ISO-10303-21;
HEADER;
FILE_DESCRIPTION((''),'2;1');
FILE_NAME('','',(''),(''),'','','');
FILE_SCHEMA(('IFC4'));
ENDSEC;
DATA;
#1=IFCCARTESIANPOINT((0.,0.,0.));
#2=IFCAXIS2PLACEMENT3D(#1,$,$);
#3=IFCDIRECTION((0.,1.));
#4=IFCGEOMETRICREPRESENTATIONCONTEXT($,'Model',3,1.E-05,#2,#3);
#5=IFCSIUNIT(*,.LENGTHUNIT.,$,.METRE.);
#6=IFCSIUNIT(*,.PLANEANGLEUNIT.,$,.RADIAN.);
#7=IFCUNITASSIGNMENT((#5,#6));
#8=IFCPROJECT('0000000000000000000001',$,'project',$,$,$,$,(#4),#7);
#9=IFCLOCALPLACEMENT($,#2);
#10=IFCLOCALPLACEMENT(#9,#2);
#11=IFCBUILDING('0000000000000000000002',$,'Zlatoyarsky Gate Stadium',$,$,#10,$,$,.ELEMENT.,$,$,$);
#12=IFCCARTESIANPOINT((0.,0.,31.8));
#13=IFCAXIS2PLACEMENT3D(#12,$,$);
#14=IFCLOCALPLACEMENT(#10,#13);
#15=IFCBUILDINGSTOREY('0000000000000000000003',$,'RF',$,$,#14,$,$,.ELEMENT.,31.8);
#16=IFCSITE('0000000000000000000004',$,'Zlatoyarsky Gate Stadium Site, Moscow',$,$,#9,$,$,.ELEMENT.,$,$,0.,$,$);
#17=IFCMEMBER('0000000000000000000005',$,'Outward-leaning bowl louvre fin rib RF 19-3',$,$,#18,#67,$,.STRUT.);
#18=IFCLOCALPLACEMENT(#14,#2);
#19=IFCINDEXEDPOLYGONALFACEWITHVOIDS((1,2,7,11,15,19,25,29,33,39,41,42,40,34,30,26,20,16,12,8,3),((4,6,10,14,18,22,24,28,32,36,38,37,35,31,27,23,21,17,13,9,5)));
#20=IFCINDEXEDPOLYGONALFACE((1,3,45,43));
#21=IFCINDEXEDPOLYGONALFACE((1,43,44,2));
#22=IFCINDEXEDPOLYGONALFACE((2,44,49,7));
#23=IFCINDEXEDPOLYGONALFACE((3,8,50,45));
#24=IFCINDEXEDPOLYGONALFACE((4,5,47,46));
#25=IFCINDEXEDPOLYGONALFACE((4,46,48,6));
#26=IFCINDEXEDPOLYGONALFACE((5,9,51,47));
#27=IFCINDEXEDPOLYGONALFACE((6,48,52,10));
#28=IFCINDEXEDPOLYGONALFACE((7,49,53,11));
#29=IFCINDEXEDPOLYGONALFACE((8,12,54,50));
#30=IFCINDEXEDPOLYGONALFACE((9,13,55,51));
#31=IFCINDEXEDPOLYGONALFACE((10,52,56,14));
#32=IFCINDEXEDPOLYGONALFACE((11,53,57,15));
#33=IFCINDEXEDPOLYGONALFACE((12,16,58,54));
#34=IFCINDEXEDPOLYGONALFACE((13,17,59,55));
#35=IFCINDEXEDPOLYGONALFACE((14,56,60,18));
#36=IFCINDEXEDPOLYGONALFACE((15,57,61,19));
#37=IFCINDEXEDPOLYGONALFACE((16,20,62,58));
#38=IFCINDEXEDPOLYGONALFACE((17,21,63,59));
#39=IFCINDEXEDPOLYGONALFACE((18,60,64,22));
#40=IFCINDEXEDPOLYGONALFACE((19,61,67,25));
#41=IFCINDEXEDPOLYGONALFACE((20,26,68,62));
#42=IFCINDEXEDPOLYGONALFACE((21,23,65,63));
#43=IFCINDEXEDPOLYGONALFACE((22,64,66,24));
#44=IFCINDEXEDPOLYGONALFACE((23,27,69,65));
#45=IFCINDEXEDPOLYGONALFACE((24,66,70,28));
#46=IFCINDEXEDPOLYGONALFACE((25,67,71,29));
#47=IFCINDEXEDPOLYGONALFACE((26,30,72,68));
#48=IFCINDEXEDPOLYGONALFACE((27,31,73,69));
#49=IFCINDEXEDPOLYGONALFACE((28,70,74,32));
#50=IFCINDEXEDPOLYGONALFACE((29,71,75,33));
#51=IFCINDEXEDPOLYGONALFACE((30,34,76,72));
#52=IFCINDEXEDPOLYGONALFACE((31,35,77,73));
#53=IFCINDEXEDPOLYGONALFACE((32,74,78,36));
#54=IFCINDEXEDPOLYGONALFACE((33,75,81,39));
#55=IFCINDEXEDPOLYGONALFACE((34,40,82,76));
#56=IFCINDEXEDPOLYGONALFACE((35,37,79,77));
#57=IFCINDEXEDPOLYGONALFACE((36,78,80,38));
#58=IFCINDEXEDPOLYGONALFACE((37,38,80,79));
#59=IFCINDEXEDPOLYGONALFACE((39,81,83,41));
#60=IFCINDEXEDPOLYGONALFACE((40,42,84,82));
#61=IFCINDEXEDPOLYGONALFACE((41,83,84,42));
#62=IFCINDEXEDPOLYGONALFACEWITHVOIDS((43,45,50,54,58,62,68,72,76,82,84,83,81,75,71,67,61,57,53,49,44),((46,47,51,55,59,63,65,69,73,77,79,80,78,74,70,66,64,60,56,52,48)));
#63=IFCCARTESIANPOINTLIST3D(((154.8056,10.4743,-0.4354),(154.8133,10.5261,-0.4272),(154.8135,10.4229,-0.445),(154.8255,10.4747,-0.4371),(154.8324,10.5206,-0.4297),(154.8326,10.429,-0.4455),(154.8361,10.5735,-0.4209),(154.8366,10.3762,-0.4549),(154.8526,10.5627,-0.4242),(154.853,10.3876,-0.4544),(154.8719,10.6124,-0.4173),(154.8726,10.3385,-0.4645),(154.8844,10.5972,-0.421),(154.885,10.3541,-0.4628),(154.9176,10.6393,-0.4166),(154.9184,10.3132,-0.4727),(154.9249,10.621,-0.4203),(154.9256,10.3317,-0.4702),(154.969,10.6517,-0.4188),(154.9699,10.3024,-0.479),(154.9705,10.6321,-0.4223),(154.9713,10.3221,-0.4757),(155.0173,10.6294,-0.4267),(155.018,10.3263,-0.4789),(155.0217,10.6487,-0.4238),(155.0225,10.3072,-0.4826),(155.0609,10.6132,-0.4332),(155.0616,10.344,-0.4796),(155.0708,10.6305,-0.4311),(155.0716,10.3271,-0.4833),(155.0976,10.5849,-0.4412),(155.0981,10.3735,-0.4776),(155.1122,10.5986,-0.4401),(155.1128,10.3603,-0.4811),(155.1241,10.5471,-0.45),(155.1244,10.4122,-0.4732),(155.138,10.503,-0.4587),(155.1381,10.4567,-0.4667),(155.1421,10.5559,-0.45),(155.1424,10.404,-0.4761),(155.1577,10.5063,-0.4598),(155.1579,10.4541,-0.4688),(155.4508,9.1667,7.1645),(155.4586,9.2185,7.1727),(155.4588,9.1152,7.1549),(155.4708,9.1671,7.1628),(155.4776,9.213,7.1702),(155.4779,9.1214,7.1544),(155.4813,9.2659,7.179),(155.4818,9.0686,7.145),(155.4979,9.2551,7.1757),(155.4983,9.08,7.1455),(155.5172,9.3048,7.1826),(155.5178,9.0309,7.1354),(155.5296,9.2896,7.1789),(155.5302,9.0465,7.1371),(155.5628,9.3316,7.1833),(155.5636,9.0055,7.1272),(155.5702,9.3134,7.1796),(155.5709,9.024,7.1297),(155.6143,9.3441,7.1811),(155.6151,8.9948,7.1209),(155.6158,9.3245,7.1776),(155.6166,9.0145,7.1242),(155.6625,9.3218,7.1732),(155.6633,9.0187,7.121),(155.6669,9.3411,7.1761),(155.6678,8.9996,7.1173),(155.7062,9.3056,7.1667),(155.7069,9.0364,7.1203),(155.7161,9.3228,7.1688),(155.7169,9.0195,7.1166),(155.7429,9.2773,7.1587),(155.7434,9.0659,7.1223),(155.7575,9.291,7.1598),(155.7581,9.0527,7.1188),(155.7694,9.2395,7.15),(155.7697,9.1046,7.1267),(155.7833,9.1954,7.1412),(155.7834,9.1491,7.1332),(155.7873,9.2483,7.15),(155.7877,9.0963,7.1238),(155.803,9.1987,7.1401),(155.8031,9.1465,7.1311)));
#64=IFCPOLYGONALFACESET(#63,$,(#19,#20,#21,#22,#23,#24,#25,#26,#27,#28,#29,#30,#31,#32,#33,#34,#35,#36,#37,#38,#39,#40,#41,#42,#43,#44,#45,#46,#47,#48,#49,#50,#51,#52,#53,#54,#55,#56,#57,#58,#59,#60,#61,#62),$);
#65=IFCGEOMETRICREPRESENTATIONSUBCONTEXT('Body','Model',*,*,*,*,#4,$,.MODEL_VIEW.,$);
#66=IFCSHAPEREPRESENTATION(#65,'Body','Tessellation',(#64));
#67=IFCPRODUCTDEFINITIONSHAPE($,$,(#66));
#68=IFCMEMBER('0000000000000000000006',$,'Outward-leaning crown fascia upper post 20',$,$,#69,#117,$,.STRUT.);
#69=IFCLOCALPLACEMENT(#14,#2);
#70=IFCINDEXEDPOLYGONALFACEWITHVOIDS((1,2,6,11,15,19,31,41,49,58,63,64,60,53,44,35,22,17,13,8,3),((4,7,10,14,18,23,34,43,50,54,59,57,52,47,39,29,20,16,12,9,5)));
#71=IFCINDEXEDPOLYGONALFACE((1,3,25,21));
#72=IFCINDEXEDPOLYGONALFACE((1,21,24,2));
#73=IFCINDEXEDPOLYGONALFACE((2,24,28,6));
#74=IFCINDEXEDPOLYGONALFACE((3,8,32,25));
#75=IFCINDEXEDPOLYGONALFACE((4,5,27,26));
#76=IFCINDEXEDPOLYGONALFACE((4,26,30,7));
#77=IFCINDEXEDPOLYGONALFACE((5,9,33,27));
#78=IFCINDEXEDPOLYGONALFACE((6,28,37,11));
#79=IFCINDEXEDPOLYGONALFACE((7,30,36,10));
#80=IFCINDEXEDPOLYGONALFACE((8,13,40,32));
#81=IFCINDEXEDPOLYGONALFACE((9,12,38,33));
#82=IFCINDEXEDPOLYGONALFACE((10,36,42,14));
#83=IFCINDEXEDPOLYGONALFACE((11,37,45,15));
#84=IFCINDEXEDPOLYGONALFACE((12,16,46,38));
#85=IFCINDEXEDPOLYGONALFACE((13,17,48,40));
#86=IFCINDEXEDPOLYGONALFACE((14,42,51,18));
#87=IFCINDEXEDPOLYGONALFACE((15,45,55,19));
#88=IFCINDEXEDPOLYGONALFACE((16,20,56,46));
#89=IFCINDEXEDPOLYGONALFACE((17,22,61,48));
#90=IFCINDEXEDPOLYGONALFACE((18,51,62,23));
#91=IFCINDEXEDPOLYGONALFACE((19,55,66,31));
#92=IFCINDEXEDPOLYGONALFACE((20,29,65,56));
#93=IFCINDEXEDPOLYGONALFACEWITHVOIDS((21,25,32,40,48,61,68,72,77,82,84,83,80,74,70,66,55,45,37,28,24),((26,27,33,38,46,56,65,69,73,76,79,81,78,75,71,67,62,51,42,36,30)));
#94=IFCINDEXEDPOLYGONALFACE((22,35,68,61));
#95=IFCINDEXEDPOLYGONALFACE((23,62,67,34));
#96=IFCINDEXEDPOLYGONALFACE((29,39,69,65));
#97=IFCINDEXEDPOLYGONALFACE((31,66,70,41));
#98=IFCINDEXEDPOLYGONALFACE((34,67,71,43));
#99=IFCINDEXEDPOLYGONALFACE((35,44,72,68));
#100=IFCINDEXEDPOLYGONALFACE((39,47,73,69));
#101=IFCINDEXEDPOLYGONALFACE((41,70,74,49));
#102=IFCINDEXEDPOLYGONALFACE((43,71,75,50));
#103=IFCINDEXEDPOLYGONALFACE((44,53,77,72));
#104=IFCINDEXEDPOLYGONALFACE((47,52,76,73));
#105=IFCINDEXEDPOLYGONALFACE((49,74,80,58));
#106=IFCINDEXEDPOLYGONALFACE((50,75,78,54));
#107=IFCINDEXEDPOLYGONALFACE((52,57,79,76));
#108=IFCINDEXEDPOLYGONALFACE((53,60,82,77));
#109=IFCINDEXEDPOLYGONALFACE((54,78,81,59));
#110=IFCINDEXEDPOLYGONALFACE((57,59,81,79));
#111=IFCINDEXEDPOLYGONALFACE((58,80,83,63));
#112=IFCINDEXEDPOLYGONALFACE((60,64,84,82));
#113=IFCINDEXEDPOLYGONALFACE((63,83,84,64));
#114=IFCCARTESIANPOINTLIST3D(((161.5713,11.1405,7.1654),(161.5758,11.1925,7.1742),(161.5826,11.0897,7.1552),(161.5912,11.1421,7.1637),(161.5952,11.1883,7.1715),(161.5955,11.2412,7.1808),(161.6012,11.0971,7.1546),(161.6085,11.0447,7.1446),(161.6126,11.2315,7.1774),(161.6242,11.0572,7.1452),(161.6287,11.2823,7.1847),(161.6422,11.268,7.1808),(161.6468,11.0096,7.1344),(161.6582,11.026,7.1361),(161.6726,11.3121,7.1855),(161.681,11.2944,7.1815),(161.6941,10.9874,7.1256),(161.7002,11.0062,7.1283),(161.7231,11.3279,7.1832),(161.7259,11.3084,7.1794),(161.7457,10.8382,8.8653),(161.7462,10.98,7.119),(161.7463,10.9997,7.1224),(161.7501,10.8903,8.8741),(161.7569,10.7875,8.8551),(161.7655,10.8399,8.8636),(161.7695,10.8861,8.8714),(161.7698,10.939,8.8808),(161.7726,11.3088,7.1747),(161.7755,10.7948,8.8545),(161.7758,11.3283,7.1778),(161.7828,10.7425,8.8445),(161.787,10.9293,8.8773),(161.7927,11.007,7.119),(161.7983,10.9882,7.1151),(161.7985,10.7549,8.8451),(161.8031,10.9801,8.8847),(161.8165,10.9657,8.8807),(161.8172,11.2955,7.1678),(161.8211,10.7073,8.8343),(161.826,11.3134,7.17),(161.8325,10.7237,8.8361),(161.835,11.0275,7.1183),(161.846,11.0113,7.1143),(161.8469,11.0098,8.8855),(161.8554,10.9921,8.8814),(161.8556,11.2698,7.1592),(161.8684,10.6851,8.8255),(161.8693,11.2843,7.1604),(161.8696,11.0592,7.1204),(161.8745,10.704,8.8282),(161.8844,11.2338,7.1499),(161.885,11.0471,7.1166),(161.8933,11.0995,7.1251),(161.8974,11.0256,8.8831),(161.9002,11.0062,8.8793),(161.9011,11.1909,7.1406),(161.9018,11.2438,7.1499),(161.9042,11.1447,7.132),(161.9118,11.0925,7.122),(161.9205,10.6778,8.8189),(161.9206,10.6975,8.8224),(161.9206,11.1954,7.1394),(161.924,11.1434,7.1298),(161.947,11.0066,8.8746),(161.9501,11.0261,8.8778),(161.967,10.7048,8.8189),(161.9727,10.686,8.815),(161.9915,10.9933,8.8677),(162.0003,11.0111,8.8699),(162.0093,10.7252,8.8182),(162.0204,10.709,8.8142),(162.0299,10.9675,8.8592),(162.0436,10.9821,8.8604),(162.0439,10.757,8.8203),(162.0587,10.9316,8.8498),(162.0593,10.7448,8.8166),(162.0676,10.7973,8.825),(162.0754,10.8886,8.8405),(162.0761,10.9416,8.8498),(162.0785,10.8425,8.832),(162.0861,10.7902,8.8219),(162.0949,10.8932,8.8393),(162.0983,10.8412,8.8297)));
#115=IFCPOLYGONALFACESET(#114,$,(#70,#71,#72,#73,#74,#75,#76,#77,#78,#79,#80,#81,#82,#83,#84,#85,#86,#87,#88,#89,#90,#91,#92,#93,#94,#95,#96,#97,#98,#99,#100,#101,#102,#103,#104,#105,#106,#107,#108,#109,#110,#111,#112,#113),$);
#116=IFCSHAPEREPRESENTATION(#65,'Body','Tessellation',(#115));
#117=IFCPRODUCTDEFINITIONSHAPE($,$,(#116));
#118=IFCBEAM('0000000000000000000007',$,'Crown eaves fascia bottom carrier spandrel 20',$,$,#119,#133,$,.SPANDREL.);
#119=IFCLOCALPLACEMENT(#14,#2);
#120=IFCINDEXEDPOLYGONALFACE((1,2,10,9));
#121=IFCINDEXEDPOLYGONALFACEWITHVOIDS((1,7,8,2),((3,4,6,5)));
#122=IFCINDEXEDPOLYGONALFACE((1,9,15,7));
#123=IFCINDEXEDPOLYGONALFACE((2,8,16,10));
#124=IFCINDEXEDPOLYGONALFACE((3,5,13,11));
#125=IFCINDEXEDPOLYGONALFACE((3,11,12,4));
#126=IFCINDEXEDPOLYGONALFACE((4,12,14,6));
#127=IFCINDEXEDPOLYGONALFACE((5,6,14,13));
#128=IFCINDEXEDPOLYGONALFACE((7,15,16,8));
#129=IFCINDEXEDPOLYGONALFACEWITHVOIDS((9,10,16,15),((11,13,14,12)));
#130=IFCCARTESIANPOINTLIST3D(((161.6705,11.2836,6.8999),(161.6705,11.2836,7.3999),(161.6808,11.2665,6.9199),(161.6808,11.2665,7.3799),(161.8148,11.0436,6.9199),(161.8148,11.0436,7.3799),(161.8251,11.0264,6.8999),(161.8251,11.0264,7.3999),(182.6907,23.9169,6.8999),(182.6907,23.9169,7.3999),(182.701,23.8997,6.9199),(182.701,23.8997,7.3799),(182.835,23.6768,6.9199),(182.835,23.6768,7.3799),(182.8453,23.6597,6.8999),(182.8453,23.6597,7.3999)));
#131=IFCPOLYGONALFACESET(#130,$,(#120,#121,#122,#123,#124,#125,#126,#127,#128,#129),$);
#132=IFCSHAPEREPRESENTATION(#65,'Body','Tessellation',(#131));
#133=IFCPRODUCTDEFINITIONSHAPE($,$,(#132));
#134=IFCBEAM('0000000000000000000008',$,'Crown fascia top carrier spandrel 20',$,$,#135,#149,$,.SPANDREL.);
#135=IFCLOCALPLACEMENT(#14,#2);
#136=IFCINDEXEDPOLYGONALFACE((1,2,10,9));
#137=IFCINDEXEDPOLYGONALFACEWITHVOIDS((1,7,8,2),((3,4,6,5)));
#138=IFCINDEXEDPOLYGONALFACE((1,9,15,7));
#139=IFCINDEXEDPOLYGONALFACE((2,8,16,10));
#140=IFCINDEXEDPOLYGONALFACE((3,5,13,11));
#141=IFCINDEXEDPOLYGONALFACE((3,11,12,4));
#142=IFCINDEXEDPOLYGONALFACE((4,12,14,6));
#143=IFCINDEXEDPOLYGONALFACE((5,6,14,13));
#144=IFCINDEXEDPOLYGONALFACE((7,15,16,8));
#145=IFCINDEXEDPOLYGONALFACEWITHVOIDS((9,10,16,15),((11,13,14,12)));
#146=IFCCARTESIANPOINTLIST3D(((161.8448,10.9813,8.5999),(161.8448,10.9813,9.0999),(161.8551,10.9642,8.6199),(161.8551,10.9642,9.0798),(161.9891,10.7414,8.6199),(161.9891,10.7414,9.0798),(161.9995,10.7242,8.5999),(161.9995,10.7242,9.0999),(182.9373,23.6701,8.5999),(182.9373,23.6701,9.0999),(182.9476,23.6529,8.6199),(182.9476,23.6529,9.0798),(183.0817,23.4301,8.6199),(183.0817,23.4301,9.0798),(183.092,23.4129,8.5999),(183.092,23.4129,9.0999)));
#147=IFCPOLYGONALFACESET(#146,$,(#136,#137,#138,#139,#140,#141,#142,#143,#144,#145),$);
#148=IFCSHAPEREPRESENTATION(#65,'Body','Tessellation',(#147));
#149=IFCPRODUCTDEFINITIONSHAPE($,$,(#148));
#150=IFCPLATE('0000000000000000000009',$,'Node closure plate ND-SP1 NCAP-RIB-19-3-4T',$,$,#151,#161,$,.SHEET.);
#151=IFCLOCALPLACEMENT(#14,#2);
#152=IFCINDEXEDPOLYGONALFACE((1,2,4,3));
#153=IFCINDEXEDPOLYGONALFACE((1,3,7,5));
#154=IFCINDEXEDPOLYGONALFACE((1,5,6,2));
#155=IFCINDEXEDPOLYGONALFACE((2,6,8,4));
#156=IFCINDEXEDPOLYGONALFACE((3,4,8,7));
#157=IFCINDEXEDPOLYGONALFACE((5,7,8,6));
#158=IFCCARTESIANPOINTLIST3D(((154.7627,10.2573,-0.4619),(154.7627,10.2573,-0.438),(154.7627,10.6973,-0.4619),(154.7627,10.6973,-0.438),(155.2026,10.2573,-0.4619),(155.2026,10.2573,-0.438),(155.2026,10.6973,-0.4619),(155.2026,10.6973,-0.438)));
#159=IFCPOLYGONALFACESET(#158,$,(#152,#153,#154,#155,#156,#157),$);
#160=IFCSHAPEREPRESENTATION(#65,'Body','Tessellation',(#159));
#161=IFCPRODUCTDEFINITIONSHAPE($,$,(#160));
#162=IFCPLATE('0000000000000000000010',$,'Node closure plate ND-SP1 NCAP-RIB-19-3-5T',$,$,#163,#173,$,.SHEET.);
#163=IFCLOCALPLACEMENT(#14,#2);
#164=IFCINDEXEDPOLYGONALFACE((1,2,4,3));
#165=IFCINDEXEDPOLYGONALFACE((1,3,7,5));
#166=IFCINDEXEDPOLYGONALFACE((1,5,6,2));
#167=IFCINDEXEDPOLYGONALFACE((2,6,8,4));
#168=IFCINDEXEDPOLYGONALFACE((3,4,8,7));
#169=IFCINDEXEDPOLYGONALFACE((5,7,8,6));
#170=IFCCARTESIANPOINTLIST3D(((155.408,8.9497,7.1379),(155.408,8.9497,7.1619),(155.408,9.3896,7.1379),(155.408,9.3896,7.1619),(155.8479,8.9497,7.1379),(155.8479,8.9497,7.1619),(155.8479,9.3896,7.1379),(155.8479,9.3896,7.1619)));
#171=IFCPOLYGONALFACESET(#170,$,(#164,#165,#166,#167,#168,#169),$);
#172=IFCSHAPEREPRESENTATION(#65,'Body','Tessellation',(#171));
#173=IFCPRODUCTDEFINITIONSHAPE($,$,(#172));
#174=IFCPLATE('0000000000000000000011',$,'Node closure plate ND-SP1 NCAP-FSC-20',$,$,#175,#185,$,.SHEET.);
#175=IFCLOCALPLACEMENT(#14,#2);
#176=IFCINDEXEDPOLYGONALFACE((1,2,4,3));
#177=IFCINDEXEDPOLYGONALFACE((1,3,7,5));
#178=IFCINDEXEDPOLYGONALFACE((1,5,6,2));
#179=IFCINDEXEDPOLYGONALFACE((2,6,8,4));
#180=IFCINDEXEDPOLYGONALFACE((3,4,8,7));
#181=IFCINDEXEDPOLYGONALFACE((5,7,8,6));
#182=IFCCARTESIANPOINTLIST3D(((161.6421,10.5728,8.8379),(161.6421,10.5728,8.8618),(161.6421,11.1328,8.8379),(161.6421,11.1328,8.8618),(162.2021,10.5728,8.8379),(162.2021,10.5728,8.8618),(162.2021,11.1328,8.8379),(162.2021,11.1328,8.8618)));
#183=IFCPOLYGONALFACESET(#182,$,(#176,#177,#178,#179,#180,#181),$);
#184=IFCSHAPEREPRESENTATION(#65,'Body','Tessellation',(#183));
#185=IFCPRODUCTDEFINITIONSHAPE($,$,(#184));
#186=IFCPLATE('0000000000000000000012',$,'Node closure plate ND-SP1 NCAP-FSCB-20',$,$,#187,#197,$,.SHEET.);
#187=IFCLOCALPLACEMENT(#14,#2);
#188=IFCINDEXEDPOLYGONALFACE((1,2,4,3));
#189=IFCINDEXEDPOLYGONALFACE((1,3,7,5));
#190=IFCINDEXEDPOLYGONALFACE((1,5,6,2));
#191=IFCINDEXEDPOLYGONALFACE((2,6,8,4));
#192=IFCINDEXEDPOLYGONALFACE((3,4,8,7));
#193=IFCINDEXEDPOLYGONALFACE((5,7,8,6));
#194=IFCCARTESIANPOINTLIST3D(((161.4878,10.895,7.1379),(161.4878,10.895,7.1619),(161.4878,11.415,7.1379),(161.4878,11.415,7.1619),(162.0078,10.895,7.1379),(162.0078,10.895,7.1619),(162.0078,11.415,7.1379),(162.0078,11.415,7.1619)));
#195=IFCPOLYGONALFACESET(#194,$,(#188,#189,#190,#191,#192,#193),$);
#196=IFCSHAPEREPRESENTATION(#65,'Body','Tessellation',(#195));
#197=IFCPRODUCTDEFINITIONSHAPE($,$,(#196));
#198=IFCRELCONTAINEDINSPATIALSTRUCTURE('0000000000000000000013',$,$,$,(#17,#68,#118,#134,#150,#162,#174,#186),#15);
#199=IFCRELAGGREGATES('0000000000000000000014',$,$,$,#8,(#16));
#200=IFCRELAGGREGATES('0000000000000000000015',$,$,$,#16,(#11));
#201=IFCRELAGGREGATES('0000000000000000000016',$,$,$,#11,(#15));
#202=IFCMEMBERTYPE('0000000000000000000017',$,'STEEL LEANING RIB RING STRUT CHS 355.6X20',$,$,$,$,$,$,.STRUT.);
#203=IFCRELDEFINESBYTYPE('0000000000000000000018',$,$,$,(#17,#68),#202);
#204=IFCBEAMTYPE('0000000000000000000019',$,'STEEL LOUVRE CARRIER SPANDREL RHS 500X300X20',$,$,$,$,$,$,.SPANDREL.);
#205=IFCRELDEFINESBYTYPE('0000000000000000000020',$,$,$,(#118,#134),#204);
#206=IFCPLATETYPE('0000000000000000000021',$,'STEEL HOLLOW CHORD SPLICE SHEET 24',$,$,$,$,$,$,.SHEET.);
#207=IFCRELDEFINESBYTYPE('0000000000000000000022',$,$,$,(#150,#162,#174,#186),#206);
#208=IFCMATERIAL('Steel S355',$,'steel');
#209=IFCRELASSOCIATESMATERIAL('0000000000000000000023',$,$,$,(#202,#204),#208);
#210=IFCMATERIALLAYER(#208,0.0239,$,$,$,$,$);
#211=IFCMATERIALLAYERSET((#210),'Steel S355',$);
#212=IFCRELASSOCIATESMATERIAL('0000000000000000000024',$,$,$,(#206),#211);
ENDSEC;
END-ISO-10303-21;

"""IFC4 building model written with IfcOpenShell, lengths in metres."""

from ifc_helpers import new_model, si_unit, direction, frame, origin, origin_2d, place, context, subcontext, project, spatial, rectangle, hollow_rectangle, hollow_circle, extrude, material, layer, layer_set, material_profile, profile_set, type_object, element, save


model = new_model("IFC4")

# Units and contexts
model_context = context("Model", 3, precision=1e-05, world=origin(), true_north=direction((0.0, 1.0)))
body_context = subcontext(model_context, "Body", "Model", "MODEL_VIEW")
ifc_project = project(units=[si_unit("LENGTHUNIT", "METRE"), si_unit("PLANEANGLEUNIT", "RADIAN")], contexts=[model_context])

# Site, building, storey
site_placement = place(None, origin())
site = spatial("IfcSite", under=ifc_project, at=site_placement, Name="Zlatoyarsky Gate Stadium Site, Moscow", CompositionType="ELEMENT", RefElevation=0.0)
building_placement = place(site_placement, origin())
building = spatial("IfcBuilding", under=site, at=building_placement, Name="Zlatoyarsky Gate Stadium", CompositionType="ELEMENT")
storey_placement = place(building_placement, frame((0.0, 0.0, 31.8)))
storey = spatial("IfcBuildingStorey", under=building, at=storey_placement, Name="RF", CompositionType="ELEMENT", Elevation=31.8)

# Members
ifc_material_1 = material(Name="Steel S355", Category="steel")
ifc_material_profile_1 = material_profile(ifc_material_1, hollow_circle(Radius=0.1777, WallThickness=0.02, at=origin_2d()), Name="CHS 355.6X20")
ifc_profile_set_1 = profile_set([ifc_material_profile_1], Name="Steel S355")
member_type_1 = type_object("IfcMemberType", Name="STEEL LEANING RIB RING STRUT CHS 355.6X20", PredefinedType="STRUT", material=ifc_profile_set_1)
member_1_placement = place(storey_placement, frame((154.9827, 10.4773, -0.45), z_axis=(0.083384, -0.168976, 0.982087), x_axis=(0.896759, 0.442519, 0.0)))
element("IfcMember", 1, at=member_1_placement, inside=storey, type_object=member_type_1, Name="Outward-leaning bowl louvre fin rib RF 19-3", PredefinedType="STRUT", context=body_context, shape_type="SweptSolid", body=[
    extrude(hollow_circle(Radius=0.1777, WallThickness=0.02, at=origin_2d()), origin(), (0.0, 0.0, 1.0), 7.7385),
])
member_2_placement = place(storey_placement, frame((161.7478, 11.155, 7.1499), z_axis=(0.100448, -0.174166, 0.97958), x_axis=(0.866255, 0.499601, 0.0)))
element("IfcMember", 2, at=member_2_placement, inside=storey, type_object=member_type_1, Name="Outward-leaning crown fascia upper post 20", PredefinedType="STRUT", context=body_context, shape_type="SweptSolid", body=[
    extrude(hollow_circle(Radius=0.1777, WallThickness=0.02, at=origin_2d()), origin(), (0.0, 0.0, 1.0), 1.7354),
])

# Beams
ifc_material_profile_2 = material_profile(ifc_material_1, hollow_rectangle(XDim=0.3, YDim=0.5, WallThickness=0.02, at=origin_2d()), Name="RHS 500X300X20")
ifc_profile_set_2 = profile_set([ifc_material_profile_2], Name="Steel S355")
beam_type = type_object("IfcBeamType", Name="STEEL LOUVRE CARRIER SPANDREL RHS 500X300X20", PredefinedType="SPANDREL", material=ifc_profile_set_2)
beam_1_placement = place(storey_placement, frame((161.7478, 11.155, 7.1499), z_axis=(0.857112, 0.51513, 0.0), x_axis=(-0.51513, 0.857112, 0.0)))
element("IfcBeam", 3, at=beam_1_placement, inside=storey, type_object=beam_type, Name="Crown eaves fascia bottom carrier spandrel 20", PredefinedType="SPANDREL", context=body_context, shape_type="SweptSolid", body=[
    extrude(hollow_rectangle(XDim=0.3, YDim=0.5, WallThickness=0.02, at=origin_2d()), origin(), (0.0, 0.0, 1.0), 24.5244),
])
beam_2_placement = place(storey_placement, frame((161.9221, 10.8528, 8.8499), z_axis=(0.856897, 0.515487, 0.0), x_axis=(-0.515487, 0.856897, 0.0)))
element("IfcBeam", 4, at=beam_2_placement, inside=storey, type_object=beam_type, Name="Crown fascia top carrier spandrel 20", PredefinedType="SPANDREL", context=body_context, shape_type="SweptSolid", body=[
    extrude(hollow_rectangle(XDim=0.3, YDim=0.5, WallThickness=0.02, at=origin_2d()), origin(), (0.0, 0.0, 1.0), 24.615),
])

# Plates
ifc_layer_1 = layer(ifc_material_1, 0.0239)
ifc_layer_set_1 = layer_set([ifc_layer_1], Name="Steel S355")
plate_type_1 = type_object("IfcPlateType", Name="STEEL HOLLOW CHORD SPLICE SHEET 24", PredefinedType="SHEET", material=ifc_layer_set_1)
for number, where, z_axis, x_axis, name in (
    (5, (154.9827, 10.4773, -0.4619), (0.0, 0.0, 1.0), (1.0, 0.0, 0.0), "Node closure plate ND-SP1 NCAP-RIB-19-3-4T"),
    (6, (155.6279, 9.1697, 7.1379), (0.0, 0.0, 1.0), (1.0, 0.0, 0.0), "Node closure plate ND-SP1 NCAP-RIB-19-3-5T"),
):
    element("IfcPlate", number, at=place(storey_placement, frame(where, z_axis=z_axis, x_axis=x_axis)), inside=storey, type_object=plate_type_1, Name=name, PredefinedType="SHEET", context=body_context, shape_type="SweptSolid", body=[
        extrude(rectangle(XDim=0.4399, YDim=0.4399, at=origin_2d()), origin(), (0.0, 0.0, 1.0), 0.0239),
    ])
plate_1_placement = place(storey_placement, frame((161.9221, 10.8528, 8.8379), z_axis=(0.0, 0.0, 1.0), x_axis=(1.0, 0.0, 0.0)))
element("IfcPlate", 7, at=plate_1_placement, inside=storey, type_object=plate_type_1, Name="Node closure plate ND-SP1 NCAP-FSC-20", PredefinedType="SHEET", context=body_context, shape_type="SweptSolid", body=[
    extrude(rectangle(XDim=0.5601, YDim=0.5601, at=origin_2d()), origin(), (0.0, 0.0, 1.0), 0.0239),
])
plate_2_placement = place(storey_placement, frame((161.7478, 11.155, 7.1379), z_axis=(0.0, 0.0, 1.0), x_axis=(1.0, 0.0, 0.0)))
element("IfcPlate", 8, at=plate_2_placement, inside=storey, type_object=plate_type_1, Name="Node closure plate ND-SP1 NCAP-FSCB-20", PredefinedType="SHEET", context=body_context, shape_type="SweptSolid", body=[
    extrude(rectangle(XDim=0.52, YDim=0.52, at=origin_2d()), origin(), (0.0, 0.0, 1.0), 0.0239),
])

save(model, "model.ifc")
